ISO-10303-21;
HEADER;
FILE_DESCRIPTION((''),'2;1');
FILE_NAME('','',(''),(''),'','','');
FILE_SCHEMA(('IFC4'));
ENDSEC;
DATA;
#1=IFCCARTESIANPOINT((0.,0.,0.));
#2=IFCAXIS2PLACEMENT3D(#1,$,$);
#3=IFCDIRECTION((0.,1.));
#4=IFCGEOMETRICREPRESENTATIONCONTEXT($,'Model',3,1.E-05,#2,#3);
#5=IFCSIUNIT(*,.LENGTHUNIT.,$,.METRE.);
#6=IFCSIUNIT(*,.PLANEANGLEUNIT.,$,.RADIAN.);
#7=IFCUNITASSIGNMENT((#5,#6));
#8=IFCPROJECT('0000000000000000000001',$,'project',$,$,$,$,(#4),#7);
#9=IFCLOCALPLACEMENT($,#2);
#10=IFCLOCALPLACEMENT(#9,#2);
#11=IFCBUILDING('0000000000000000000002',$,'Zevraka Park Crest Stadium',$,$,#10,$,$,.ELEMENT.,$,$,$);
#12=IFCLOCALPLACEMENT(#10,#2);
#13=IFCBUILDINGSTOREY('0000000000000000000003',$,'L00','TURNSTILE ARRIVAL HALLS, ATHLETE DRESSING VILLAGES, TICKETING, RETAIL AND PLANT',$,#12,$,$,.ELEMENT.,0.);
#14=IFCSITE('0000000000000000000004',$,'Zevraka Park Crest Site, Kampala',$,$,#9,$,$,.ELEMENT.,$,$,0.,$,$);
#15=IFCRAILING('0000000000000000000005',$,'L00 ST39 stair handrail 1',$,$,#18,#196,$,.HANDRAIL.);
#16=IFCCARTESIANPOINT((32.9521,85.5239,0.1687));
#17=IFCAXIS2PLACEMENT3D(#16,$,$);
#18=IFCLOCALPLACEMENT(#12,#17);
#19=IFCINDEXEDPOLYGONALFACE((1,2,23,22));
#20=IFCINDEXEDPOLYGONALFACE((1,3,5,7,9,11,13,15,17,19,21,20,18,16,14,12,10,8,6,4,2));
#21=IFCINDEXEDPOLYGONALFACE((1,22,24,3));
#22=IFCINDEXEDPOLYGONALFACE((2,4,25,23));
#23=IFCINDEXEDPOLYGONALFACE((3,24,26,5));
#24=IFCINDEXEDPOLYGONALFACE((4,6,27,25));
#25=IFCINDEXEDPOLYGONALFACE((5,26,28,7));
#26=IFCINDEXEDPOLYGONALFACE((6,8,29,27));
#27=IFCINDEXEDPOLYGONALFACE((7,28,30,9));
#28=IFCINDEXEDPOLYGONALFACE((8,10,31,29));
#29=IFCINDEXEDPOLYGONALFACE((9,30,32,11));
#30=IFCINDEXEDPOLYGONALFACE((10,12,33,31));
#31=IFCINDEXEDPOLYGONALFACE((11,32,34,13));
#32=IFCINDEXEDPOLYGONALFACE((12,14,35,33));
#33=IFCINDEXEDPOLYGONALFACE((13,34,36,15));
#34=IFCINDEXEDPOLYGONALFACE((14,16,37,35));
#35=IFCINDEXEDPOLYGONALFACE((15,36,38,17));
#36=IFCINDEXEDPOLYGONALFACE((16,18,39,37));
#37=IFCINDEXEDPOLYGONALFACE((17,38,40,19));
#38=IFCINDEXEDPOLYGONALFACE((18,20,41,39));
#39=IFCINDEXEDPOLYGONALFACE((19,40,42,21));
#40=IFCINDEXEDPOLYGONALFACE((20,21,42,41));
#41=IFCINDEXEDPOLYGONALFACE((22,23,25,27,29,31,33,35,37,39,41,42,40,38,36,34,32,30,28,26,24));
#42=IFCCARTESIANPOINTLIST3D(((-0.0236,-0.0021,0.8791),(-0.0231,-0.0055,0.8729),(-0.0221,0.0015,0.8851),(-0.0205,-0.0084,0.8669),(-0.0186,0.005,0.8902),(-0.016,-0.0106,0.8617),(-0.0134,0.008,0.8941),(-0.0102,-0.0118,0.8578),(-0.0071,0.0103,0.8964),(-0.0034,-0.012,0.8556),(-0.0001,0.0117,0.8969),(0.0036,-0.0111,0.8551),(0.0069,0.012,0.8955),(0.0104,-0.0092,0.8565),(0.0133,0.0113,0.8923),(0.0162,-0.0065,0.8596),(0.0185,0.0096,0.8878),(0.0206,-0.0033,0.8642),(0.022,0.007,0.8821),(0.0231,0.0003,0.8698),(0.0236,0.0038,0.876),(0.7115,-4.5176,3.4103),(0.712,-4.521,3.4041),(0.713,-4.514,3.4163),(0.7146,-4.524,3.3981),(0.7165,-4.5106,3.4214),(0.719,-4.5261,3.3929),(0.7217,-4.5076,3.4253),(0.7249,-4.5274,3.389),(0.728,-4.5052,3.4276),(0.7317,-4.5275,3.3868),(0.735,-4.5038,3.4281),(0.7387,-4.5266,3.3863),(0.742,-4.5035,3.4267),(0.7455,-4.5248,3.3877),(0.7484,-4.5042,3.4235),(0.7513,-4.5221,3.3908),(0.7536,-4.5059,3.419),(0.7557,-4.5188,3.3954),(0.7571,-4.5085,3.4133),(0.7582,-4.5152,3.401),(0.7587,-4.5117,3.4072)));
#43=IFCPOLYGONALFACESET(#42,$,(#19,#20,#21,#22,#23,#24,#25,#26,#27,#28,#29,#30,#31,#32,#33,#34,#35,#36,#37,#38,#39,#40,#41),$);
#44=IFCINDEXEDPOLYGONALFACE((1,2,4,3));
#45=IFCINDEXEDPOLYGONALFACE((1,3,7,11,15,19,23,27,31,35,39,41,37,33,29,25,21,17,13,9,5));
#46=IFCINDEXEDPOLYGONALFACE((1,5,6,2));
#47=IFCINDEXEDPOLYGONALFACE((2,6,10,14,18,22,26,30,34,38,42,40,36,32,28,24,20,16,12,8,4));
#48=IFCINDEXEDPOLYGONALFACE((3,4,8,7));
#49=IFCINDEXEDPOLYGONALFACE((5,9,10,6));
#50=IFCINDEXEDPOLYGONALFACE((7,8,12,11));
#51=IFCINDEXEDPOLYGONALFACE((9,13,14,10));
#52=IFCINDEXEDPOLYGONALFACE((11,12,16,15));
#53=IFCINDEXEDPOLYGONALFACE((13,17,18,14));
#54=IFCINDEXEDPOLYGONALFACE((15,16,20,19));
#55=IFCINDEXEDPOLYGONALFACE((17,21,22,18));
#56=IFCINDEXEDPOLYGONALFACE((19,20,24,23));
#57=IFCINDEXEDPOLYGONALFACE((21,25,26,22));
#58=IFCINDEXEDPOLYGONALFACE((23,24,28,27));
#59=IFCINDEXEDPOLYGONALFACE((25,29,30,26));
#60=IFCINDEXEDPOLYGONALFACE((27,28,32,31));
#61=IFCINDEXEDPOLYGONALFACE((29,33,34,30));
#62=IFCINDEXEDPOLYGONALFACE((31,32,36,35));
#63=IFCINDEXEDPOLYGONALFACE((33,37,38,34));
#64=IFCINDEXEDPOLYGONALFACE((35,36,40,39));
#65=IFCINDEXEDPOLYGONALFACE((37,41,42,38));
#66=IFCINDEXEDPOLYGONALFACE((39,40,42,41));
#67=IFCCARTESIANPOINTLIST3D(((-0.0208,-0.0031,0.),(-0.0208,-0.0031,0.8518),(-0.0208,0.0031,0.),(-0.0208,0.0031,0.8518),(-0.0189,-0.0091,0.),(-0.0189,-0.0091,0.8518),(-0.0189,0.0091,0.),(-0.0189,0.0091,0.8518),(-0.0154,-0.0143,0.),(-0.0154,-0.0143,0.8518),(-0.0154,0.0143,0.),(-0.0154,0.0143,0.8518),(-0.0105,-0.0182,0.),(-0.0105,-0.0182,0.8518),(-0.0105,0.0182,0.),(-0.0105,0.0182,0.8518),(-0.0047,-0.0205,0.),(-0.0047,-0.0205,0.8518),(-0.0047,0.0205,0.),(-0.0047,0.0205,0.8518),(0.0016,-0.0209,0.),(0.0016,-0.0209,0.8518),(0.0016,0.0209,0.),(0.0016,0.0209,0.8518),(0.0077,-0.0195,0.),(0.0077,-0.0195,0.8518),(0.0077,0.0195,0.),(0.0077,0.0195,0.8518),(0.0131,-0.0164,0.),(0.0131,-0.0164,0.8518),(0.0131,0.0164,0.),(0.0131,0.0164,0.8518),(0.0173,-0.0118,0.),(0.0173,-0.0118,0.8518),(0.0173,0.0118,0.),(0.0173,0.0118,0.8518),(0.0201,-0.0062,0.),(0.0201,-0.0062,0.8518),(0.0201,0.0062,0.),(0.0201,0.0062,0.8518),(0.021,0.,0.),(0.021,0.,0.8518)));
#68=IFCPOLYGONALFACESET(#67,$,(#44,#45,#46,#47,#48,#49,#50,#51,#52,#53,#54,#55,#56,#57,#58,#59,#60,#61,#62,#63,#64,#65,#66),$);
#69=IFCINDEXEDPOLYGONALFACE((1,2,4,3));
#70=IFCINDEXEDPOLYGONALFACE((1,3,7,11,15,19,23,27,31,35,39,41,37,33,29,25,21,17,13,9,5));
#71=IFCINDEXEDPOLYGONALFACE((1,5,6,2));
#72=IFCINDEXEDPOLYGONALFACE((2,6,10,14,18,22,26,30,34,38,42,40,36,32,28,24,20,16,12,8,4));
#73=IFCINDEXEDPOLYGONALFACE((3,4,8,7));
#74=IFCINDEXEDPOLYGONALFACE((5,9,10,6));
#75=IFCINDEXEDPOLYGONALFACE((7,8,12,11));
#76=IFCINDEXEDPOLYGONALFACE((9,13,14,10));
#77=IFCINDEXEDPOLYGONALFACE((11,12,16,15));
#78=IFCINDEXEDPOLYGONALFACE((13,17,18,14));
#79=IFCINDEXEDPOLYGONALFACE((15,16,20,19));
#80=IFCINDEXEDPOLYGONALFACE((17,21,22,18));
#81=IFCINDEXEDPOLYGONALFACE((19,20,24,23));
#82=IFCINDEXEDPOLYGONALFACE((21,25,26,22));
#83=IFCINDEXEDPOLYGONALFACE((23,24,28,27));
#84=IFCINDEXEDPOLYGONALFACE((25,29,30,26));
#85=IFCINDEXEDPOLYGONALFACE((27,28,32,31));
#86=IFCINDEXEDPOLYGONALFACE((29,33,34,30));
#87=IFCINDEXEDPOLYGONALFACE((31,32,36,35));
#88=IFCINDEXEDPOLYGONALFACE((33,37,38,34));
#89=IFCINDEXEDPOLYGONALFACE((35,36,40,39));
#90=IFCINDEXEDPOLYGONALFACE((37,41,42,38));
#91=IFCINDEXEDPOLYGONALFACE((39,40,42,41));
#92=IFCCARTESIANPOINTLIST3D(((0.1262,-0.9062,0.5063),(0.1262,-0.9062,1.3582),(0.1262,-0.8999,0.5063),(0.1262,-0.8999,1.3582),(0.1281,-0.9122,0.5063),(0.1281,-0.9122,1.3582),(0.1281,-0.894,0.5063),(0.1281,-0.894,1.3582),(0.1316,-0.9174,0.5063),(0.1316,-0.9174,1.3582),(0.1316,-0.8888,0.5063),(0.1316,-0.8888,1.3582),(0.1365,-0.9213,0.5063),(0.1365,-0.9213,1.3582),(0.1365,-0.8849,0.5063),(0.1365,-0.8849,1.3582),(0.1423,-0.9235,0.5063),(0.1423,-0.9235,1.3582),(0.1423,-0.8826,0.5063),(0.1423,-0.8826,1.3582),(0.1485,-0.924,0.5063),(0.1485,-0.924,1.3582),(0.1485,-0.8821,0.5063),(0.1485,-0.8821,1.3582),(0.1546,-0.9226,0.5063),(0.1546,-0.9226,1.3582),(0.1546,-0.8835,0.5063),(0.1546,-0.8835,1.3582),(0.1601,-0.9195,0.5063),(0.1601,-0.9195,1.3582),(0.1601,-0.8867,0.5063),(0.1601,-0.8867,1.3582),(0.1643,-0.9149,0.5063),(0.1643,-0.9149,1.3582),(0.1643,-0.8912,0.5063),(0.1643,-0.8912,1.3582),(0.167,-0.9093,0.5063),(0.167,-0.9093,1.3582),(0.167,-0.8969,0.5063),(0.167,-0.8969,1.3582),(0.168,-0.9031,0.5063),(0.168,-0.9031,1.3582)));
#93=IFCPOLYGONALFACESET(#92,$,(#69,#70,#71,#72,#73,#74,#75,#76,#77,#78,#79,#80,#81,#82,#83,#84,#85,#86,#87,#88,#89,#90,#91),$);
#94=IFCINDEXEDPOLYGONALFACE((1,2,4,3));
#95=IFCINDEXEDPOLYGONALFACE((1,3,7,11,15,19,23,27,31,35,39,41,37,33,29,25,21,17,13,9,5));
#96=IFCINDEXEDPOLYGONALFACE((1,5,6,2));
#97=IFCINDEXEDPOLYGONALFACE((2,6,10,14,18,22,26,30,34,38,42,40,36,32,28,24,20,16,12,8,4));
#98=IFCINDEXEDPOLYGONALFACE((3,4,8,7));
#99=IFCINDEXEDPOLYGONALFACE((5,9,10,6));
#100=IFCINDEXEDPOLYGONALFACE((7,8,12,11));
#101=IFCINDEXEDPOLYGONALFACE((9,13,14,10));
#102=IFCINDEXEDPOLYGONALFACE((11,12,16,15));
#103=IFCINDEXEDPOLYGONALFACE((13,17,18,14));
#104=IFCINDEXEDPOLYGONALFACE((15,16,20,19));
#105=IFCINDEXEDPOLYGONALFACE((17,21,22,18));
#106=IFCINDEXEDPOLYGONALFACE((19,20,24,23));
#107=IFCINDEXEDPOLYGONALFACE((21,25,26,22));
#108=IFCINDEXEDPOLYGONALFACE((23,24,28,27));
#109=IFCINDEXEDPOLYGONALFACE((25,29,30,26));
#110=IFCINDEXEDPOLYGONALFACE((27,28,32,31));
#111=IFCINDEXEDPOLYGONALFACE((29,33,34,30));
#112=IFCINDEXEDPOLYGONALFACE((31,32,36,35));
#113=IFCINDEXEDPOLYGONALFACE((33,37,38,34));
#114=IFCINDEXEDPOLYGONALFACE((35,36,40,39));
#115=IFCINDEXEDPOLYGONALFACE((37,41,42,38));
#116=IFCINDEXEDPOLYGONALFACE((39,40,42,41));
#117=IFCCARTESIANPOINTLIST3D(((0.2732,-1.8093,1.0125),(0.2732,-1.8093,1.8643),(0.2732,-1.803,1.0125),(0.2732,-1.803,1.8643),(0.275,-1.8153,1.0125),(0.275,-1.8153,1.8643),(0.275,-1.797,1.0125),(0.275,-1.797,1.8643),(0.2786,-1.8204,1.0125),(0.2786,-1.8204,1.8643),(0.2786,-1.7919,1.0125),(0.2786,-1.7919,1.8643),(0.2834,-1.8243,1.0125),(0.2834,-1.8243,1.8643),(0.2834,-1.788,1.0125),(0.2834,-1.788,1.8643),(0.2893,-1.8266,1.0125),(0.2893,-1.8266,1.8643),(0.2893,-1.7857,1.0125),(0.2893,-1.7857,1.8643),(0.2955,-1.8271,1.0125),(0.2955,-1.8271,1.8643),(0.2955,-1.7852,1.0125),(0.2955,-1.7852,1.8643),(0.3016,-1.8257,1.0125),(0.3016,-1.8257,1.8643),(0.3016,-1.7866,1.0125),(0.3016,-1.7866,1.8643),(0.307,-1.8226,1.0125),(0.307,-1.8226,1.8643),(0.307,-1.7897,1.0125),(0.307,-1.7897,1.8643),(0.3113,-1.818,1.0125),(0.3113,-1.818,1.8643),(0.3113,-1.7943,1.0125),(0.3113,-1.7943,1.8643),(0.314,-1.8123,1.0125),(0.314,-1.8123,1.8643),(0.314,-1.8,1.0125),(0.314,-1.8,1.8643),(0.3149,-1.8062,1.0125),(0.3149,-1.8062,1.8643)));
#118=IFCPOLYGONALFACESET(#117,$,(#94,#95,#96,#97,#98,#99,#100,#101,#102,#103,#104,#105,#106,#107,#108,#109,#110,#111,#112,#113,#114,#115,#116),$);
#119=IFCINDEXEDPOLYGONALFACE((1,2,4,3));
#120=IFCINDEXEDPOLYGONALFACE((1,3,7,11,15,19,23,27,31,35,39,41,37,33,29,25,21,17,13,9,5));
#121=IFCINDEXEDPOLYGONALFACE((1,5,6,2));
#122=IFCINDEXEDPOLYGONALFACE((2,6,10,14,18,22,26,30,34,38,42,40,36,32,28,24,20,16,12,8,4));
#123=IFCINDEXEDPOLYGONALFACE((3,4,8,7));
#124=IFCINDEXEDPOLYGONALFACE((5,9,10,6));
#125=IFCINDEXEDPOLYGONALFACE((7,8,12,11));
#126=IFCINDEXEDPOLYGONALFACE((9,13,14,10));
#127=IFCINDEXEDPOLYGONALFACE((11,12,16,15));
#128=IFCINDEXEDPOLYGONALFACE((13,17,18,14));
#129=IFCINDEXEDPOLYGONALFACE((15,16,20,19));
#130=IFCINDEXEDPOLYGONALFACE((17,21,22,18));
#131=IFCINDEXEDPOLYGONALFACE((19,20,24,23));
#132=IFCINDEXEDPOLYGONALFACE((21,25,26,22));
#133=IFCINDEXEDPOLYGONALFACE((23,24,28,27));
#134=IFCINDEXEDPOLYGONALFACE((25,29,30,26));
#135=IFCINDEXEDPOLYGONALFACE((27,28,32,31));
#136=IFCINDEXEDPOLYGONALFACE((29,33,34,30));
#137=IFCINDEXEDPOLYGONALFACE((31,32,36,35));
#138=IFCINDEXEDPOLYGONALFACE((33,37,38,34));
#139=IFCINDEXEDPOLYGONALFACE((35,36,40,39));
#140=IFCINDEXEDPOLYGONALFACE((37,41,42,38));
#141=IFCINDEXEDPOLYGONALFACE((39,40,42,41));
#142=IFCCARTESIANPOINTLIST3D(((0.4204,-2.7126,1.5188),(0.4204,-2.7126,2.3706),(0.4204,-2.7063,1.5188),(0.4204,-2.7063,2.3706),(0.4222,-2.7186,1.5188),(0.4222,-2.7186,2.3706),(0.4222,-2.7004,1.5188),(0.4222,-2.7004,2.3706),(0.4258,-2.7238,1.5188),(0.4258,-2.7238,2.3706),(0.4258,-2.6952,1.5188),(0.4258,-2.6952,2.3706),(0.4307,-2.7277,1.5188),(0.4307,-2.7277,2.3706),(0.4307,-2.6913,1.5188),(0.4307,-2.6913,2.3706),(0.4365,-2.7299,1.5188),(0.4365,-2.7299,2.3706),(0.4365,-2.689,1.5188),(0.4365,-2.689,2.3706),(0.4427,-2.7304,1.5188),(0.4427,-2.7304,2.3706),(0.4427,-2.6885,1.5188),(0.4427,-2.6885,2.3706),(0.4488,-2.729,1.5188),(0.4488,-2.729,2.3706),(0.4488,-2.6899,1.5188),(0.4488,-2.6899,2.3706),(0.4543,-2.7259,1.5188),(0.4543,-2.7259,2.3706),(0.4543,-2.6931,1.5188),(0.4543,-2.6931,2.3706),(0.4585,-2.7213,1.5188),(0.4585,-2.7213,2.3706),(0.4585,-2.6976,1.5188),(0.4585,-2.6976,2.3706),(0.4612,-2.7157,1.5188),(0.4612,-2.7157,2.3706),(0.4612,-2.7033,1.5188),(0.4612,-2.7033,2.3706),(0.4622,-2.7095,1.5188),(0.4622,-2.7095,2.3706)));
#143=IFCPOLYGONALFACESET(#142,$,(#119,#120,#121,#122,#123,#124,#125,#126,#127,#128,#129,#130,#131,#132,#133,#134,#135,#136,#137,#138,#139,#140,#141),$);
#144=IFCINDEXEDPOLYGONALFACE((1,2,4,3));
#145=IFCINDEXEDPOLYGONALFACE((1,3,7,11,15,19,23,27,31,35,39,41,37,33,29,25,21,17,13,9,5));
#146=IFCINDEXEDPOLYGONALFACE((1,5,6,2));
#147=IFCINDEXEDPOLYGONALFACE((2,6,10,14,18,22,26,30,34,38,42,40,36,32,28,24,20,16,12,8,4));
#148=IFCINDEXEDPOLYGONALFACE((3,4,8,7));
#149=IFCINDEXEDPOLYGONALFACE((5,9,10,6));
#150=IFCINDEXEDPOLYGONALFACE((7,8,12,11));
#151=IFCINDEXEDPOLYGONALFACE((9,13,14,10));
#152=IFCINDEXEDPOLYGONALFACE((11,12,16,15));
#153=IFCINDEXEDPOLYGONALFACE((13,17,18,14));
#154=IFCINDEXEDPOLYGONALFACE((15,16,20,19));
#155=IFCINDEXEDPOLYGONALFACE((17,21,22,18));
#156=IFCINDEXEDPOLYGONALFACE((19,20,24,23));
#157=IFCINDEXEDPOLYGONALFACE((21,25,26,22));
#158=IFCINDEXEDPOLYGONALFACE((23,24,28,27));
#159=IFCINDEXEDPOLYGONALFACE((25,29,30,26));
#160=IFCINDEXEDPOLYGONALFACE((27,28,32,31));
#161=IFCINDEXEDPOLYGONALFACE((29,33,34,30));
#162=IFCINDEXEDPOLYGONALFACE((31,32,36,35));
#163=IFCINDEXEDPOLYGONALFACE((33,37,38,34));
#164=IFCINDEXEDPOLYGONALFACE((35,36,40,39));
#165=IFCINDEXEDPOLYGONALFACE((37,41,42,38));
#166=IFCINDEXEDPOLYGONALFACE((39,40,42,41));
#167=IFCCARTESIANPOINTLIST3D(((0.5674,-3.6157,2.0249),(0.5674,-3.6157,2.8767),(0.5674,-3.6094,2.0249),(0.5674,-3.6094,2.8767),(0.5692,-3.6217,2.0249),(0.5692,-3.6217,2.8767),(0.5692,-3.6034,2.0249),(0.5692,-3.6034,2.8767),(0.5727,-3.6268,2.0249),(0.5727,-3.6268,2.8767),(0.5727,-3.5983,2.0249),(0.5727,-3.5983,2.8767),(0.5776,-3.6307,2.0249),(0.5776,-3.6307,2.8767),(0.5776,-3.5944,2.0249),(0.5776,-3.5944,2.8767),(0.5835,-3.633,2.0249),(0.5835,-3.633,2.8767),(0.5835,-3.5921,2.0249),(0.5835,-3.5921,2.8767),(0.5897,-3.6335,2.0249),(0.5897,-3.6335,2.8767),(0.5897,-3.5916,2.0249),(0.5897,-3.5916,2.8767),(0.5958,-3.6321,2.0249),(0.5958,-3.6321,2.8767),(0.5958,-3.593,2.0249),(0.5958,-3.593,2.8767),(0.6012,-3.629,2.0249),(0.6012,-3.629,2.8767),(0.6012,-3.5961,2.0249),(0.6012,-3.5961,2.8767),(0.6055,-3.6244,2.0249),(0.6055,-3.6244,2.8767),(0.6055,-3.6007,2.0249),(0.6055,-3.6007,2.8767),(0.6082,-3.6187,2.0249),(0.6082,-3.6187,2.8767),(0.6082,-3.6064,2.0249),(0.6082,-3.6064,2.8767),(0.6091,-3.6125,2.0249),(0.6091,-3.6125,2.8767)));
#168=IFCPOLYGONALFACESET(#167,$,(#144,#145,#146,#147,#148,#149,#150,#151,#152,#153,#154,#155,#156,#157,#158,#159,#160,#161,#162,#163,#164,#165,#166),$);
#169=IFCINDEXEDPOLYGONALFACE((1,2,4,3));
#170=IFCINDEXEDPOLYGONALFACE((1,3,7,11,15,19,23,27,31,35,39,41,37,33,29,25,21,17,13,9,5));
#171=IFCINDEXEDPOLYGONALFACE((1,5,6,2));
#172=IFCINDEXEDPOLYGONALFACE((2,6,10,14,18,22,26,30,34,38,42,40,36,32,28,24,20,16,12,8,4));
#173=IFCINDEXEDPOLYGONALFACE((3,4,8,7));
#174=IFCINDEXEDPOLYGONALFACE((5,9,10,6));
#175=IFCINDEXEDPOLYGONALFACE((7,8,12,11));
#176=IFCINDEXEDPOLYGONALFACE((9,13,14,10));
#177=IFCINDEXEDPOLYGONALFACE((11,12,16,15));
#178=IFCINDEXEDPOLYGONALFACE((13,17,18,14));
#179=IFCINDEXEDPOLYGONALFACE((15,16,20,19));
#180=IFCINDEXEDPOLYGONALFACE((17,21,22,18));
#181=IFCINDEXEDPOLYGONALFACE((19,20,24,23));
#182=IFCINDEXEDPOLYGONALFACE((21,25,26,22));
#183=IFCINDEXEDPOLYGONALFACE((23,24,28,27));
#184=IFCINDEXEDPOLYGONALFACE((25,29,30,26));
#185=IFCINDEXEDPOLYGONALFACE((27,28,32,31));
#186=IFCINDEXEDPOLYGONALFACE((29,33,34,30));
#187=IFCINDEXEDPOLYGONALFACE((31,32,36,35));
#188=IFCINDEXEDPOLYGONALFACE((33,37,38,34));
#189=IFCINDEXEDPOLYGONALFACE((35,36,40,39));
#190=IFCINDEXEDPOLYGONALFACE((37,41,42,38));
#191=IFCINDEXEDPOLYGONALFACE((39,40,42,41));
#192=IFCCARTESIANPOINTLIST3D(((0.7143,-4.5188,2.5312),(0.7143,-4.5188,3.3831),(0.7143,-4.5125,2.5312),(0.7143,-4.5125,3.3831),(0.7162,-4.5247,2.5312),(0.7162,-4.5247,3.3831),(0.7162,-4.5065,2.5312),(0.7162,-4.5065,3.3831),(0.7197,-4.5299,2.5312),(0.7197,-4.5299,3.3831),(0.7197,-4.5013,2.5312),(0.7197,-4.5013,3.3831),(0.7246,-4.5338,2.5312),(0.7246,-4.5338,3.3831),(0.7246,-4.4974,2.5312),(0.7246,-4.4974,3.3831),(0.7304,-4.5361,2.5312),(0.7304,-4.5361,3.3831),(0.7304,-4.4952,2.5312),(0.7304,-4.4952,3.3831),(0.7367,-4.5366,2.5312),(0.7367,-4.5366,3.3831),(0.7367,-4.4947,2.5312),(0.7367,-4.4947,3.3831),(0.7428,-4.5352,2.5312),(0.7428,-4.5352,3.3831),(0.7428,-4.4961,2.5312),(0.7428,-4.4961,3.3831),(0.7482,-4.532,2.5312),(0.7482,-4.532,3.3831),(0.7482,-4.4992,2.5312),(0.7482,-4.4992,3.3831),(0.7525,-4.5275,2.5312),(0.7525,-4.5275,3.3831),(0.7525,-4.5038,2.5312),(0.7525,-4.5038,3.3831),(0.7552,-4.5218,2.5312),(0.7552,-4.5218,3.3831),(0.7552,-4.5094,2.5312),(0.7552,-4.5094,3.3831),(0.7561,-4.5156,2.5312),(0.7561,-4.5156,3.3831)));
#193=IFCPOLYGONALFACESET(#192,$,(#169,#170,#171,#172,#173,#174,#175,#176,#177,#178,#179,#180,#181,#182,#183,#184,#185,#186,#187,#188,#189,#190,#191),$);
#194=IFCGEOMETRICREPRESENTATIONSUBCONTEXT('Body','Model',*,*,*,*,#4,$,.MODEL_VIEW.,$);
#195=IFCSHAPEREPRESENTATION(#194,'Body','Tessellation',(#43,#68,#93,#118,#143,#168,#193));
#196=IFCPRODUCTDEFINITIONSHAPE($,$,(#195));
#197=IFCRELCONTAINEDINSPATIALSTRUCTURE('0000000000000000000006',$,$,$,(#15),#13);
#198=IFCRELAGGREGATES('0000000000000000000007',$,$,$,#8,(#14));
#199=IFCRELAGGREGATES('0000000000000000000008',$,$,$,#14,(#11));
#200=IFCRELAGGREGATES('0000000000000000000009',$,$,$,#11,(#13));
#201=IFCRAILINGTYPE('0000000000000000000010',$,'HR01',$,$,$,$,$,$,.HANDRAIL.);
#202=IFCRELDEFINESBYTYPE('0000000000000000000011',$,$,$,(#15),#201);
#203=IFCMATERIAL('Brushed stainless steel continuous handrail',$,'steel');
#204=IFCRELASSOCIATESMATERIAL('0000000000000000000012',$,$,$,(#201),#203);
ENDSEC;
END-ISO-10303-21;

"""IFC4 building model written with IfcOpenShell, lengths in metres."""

from ifc_helpers import new_model, si_unit, direction, frame, origin, origin_2d, place, context, subcontext, project, spatial, circle, extrude, material, type_object, element, save


model = new_model("IFC4")

# Units and contexts
model_context = context("Model", 3, precision=1e-05, world=origin(), true_north=direction((0.0, 1.0)))
body_context = subcontext(model_context, "Body", "Model", "MODEL_VIEW")
ifc_project = project(units=[si_unit("LENGTHUNIT", "METRE"), si_unit("PLANEANGLEUNIT", "RADIAN")], contexts=[model_context])

# Site, building, storey
site_placement = place(None, origin())
site = spatial("IfcSite", under=ifc_project, at=site_placement, Name="Zevraka Park Crest Site, Kampala", CompositionType="ELEMENT", RefElevation=0.0)
building_placement = place(site_placement, origin())
building = spatial("IfcBuilding", under=site, at=building_placement, Name="Zevraka Park Crest Stadium", CompositionType="ELEMENT")
storey_placement = place(building_placement, origin())
storey = spatial("IfcBuildingStorey", under=building, at=storey_placement, Name="L00", Description="TURNSTILE ARRIVAL HALLS, ATHLETE DRESSING VILLAGES, TICKETING, RETAIL AND PLANT", CompositionType="ELEMENT", Elevation=0.0)

# Railing
ifc_material_1 = material(Name="Brushed stainless steel continuous handrail", Category="steel")
railing_type_1 = type_object("IfcRailingType", Name="HR01", PredefinedType="HANDRAIL", material=ifc_material_1)
railing_1_placement = place(storey_placement, frame((32.9521, 85.5239, 0.1687)))
element("IfcRailing", 1, at=railing_1_placement, inside=storey, type_object=railing_type_1, Name="L00 ST39 stair handrail 1", PredefinedType="HANDRAIL", context=body_context, shape_type="SweptSolid", body=[
    extrude(circle(Radius=0.0239, at=origin_2d()), frame((0.0, 0.0, 0.876), z_axis=(0.140593, -0.863636, 0.484114), x_axis=(0.987007, 0.160677, 0.0)), (0.0, 0.0, 1.0), 5.2285),
    extrude(circle(Radius=0.021, at=origin_2d()), origin(), (0.0, 0.0, 1.0), 0.8518),
    extrude(circle(Radius=0.021, at=origin_2d()), frame((0.147, -0.9031, 0.5063)), (0.0, 0.0, 1.0), 0.8518),
    extrude(circle(Radius=0.021, at=origin_2d()), frame((0.2939, -1.8062, 1.0125)), (0.0, 0.0, 1.0), 0.8518),
    extrude(circle(Radius=0.021, at=origin_2d()), frame((0.4412, -2.7095, 1.5188)), (0.0, 0.0, 1.0), 0.8518),
    extrude(circle(Radius=0.021, at=origin_2d()), frame((0.5881, -3.6125, 2.0249)), (0.0, 0.0, 1.0), 0.8518),
    extrude(circle(Radius=0.021, at=origin_2d()), frame((0.7351, -4.5156, 2.5312)), (0.0, 0.0, 1.0), 0.8518),
])

save(model, "model.ifc")
